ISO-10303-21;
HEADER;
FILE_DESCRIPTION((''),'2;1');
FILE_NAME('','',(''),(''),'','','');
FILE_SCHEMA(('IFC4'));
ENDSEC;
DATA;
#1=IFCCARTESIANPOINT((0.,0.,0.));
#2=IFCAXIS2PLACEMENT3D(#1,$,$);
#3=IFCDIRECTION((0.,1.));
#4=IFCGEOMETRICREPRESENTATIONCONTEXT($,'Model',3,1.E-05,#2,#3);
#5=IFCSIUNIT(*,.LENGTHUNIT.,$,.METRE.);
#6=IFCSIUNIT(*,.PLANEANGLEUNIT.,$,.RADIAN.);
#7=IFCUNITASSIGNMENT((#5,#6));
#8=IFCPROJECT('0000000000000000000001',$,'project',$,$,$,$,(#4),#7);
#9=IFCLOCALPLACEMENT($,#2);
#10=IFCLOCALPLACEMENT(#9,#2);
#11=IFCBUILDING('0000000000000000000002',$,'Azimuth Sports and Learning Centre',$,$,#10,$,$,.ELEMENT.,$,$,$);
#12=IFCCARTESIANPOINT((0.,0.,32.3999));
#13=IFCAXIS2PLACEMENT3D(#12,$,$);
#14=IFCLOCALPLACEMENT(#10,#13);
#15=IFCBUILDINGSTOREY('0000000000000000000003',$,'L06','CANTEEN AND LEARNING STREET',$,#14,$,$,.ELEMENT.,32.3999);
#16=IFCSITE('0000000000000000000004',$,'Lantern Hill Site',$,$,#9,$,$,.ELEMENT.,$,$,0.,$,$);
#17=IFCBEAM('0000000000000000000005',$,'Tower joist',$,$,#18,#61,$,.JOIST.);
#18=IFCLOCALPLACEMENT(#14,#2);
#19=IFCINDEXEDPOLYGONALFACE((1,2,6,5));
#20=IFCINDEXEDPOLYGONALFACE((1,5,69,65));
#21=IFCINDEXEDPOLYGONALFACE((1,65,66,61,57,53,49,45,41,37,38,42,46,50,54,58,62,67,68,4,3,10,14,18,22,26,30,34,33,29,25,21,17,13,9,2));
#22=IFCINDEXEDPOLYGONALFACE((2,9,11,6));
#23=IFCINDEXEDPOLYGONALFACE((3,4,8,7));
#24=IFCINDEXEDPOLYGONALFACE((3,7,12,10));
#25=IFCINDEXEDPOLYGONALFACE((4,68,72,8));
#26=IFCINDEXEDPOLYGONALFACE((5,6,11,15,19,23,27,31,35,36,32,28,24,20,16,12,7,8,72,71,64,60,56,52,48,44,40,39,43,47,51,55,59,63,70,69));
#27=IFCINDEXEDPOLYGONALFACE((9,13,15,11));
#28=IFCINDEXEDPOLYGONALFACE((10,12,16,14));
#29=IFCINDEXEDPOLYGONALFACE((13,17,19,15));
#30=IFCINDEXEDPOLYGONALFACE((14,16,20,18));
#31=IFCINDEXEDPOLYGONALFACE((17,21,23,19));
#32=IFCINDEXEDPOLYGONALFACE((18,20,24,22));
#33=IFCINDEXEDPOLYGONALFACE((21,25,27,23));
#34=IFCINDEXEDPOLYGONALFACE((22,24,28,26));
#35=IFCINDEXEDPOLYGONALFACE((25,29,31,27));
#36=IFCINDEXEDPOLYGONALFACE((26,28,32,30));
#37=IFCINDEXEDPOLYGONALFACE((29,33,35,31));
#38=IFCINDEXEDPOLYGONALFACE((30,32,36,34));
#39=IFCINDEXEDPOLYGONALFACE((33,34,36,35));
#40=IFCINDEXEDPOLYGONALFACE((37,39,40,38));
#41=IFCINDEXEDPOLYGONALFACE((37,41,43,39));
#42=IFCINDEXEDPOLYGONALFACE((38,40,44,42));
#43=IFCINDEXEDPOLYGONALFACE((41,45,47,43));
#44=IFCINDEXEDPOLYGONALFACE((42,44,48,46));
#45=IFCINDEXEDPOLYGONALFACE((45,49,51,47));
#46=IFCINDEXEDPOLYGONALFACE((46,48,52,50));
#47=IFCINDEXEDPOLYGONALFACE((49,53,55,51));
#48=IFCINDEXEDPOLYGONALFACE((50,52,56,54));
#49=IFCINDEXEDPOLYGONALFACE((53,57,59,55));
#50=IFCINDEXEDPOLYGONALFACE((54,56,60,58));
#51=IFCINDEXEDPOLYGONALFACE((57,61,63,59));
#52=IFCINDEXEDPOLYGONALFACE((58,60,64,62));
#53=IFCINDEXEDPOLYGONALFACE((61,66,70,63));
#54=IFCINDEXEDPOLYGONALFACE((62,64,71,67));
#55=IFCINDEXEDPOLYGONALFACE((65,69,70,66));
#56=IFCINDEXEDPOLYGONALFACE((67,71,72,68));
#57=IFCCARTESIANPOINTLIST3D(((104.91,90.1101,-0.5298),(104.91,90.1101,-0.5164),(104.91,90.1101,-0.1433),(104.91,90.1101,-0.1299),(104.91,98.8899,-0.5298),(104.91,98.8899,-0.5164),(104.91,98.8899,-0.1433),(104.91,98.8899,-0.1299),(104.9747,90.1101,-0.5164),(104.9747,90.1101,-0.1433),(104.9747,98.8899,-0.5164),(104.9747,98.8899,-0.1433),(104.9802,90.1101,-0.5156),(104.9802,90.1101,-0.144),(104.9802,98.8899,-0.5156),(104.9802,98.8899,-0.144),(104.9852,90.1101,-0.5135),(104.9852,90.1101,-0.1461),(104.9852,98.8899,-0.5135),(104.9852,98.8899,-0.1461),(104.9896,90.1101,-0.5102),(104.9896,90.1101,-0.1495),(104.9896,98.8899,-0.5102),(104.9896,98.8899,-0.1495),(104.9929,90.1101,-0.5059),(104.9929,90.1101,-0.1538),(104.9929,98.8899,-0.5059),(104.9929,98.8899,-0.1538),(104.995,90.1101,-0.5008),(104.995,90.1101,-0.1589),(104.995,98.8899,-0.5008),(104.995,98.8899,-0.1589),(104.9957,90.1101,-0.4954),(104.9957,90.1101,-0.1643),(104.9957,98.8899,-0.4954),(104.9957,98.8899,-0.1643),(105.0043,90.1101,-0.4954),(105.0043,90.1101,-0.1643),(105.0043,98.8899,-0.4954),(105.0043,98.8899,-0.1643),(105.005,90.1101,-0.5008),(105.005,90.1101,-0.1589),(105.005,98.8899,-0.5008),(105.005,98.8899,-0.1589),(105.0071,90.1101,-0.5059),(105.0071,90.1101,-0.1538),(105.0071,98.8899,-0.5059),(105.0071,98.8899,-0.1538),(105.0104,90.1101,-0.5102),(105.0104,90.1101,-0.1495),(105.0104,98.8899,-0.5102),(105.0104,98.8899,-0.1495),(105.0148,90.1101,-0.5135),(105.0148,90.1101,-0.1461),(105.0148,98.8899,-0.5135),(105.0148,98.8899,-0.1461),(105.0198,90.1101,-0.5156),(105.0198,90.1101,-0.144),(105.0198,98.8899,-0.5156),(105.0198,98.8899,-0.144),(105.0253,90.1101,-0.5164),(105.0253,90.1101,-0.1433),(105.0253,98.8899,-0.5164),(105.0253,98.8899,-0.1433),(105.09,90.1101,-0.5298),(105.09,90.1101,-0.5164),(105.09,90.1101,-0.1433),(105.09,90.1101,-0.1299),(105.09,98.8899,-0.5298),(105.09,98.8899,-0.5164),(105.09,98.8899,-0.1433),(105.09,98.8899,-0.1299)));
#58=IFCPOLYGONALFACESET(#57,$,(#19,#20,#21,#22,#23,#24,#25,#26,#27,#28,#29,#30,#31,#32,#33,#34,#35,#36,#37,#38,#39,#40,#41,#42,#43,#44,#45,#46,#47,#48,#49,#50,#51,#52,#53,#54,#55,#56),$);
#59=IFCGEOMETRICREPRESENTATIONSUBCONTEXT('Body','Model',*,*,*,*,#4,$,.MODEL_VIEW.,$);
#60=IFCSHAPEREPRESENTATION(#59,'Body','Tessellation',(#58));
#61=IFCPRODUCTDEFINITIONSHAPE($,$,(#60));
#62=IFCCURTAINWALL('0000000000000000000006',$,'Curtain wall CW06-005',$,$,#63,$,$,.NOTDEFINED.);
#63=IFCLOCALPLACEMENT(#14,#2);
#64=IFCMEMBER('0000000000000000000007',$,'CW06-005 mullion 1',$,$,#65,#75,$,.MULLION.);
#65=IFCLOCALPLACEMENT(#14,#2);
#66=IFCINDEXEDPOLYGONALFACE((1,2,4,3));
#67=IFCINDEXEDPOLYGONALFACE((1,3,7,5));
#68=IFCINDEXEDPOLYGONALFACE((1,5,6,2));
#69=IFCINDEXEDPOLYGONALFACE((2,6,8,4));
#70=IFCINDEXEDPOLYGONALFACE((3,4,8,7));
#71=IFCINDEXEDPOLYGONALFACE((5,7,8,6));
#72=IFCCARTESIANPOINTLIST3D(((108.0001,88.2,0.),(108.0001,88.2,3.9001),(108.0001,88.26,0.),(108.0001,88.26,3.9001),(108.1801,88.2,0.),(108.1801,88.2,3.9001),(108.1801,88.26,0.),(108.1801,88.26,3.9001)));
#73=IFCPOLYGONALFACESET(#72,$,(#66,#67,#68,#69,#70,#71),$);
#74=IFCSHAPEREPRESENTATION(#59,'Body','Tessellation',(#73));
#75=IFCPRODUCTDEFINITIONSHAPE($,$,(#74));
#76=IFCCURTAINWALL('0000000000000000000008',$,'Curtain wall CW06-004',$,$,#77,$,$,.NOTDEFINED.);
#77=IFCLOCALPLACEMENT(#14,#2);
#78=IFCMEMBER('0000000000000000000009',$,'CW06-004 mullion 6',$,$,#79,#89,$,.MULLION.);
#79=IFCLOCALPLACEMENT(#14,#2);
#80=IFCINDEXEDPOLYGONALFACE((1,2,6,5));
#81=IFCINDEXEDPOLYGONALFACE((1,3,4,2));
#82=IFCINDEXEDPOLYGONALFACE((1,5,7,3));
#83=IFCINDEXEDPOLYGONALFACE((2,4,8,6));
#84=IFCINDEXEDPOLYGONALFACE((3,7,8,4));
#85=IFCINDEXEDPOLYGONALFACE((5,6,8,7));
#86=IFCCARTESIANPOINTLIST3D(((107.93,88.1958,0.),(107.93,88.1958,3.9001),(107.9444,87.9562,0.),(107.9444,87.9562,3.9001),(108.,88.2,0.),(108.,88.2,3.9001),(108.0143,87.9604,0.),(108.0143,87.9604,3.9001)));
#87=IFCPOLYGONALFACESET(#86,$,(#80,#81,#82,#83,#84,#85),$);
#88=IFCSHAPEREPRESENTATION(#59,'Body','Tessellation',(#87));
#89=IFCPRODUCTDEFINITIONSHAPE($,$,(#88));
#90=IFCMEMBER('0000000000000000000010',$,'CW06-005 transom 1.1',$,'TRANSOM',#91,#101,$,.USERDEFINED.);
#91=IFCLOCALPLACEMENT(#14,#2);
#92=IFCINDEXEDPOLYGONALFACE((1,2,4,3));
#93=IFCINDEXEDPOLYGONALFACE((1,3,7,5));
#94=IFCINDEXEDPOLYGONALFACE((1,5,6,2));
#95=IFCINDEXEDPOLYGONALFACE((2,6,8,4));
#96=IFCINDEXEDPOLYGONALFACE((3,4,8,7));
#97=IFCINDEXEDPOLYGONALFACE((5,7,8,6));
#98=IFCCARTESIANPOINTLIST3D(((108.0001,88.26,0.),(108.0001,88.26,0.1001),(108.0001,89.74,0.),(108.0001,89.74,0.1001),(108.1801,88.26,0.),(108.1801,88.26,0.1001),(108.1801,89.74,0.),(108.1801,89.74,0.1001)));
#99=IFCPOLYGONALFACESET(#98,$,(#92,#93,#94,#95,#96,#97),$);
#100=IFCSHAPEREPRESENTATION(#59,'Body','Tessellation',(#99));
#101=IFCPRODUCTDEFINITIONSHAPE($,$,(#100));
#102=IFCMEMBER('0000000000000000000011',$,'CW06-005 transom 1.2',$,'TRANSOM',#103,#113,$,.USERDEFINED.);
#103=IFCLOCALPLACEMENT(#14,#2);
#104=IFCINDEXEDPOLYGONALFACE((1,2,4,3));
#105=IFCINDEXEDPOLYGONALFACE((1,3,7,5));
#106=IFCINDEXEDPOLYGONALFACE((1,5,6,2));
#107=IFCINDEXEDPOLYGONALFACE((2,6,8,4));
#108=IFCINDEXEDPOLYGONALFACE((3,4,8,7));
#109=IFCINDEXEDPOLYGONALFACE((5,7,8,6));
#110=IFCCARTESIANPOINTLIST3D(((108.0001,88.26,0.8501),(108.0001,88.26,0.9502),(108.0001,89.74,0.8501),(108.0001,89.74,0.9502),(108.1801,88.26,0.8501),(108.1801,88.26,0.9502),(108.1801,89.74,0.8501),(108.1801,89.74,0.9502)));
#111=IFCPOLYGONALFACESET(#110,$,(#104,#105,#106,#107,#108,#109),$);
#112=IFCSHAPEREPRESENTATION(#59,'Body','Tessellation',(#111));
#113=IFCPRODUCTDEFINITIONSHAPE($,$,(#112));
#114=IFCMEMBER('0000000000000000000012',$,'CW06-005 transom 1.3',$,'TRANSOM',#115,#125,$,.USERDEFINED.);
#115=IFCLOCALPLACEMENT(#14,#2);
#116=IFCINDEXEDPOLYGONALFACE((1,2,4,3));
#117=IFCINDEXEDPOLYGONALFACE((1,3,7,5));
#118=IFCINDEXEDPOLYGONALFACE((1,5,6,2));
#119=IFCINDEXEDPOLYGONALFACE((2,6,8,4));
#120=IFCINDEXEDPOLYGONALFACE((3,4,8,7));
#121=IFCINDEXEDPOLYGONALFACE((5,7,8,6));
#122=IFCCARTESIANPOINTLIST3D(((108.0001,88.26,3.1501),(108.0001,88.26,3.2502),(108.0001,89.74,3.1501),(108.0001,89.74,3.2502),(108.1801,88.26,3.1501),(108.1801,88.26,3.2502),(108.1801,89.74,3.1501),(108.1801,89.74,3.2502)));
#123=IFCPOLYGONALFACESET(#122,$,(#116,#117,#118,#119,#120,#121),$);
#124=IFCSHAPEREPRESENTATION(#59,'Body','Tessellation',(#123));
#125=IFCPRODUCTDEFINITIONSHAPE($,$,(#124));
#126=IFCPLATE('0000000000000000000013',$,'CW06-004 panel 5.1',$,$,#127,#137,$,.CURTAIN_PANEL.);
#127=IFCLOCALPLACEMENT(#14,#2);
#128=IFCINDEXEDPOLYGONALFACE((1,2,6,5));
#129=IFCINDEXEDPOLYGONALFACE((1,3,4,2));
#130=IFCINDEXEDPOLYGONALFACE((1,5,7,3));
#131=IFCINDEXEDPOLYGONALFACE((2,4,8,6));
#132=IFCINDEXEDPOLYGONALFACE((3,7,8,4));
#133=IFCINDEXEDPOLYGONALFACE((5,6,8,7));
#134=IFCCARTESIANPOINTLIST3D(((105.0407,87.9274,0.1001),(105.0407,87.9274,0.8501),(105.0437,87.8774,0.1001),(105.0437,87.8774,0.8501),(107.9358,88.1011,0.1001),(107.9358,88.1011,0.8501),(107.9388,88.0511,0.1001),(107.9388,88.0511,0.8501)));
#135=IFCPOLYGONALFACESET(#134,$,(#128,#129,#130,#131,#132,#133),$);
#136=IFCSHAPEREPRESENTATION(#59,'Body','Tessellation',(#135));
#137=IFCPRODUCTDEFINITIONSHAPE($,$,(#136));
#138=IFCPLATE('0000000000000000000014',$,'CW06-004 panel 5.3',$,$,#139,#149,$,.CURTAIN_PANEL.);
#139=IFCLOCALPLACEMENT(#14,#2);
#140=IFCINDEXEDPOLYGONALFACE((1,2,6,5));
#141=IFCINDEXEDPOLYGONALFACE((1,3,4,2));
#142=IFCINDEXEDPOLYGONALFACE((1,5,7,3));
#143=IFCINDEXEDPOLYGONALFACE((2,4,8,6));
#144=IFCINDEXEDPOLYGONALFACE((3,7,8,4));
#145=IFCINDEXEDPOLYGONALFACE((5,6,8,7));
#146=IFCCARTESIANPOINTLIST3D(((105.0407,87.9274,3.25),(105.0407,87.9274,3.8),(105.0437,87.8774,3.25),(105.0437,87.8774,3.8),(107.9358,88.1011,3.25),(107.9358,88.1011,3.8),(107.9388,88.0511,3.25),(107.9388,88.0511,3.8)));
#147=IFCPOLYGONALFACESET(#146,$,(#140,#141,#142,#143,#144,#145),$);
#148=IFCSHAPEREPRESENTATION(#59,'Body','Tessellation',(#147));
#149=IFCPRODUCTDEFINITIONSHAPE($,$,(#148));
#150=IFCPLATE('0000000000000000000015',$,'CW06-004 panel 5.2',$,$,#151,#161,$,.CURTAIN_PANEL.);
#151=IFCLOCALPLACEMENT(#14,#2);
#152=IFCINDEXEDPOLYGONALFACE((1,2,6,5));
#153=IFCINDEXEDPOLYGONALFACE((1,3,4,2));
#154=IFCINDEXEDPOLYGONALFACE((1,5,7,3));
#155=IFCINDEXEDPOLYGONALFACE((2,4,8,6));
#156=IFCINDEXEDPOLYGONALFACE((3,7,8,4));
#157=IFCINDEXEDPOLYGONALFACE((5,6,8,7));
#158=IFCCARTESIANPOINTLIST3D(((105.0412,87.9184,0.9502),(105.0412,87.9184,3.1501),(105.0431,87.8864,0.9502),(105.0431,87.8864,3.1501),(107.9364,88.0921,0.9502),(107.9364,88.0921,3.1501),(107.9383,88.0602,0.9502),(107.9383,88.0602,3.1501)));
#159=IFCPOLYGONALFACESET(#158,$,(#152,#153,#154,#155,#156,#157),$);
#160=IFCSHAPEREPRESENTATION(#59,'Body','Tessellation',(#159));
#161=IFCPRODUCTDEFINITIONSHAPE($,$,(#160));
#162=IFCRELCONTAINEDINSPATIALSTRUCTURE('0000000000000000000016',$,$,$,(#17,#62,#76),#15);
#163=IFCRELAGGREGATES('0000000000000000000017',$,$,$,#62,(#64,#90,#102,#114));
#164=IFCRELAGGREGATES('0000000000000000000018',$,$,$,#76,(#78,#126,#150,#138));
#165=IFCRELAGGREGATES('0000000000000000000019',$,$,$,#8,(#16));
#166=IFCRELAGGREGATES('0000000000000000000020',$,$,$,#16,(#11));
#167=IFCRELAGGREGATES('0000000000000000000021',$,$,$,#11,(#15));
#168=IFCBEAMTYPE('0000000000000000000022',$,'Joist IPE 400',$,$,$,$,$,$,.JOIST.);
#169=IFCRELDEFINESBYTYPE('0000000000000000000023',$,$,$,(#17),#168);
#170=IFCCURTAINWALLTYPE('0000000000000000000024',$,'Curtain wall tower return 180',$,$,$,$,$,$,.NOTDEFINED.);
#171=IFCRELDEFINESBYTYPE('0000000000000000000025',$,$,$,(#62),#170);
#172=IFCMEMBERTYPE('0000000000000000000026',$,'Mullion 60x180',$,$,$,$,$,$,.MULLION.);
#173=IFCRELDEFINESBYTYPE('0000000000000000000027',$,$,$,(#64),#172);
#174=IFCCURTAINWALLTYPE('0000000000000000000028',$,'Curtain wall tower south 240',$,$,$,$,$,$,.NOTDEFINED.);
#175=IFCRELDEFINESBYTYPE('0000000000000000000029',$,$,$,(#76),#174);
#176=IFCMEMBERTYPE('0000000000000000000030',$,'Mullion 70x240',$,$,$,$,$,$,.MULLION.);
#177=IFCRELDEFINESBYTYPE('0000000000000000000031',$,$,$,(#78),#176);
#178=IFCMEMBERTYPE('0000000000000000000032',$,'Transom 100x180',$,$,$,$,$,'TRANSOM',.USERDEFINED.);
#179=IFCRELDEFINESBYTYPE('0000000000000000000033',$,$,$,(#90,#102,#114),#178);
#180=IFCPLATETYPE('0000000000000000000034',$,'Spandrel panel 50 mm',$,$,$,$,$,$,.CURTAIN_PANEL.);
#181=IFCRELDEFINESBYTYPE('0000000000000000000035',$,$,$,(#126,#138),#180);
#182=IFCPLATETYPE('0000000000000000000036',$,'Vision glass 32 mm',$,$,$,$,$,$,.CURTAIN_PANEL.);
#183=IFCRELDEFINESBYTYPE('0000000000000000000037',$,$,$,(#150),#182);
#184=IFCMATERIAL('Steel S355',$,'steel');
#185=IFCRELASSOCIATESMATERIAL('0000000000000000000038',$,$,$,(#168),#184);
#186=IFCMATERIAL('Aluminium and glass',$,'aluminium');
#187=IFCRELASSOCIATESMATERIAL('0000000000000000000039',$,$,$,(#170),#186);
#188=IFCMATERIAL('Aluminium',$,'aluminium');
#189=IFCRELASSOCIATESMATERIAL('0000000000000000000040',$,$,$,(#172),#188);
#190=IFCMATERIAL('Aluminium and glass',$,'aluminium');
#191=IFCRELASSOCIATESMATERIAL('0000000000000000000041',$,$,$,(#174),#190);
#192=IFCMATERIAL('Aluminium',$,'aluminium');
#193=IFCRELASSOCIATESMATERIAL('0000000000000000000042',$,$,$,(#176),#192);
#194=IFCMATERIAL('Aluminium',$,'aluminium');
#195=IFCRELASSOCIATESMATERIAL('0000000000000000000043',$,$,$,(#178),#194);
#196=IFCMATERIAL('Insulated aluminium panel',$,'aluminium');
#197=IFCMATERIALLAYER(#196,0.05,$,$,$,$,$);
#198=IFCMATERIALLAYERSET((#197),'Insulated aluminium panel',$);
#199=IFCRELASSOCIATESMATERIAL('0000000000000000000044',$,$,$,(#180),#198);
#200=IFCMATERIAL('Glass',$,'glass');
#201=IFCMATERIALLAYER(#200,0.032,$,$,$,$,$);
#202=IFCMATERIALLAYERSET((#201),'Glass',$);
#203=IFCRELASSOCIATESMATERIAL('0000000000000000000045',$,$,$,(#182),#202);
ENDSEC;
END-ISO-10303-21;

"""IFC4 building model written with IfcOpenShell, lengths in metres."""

from ifc_helpers import new_model, si_unit, direction, frame, origin, origin_2d, place, context, subcontext, project, spatial, rectangle, i_section, extrude, material, layer, layer_set, material_profile, profile_set, type_object, element, aggregate, save


model = new_model("IFC4")

# Units and contexts
model_context = context("Model", 3, precision=1e-05, world=origin(), true_north=direction((0.0, 1.0)))
body_context = subcontext(model_context, "Body", "Model", "MODEL_VIEW")
ifc_project = project(units=[si_unit("LENGTHUNIT", "METRE"), si_unit("PLANEANGLEUNIT", "RADIAN")], contexts=[model_context])

# Site, building, storey
site_placement = place(None, origin())
site = spatial("IfcSite", under=ifc_project, at=site_placement, Name="Lantern Hill Site", CompositionType="ELEMENT", RefElevation=0.0)
building_placement = place(site_placement, origin())
building = spatial("IfcBuilding", under=site, at=building_placement, Name="Azimuth Sports and Learning Centre", CompositionType="ELEMENT")
storey_placement = place(building_placement, frame((0.0, 0.0, 32.3999)))
storey = spatial("IfcBuildingStorey", under=building, at=storey_placement, Name="L06", Description="CANTEEN AND LEARNING STREET", CompositionType="ELEMENT", Elevation=32.3999)

# Beam
ifc_material_1 = material(Name="Steel S355", Category="steel")
ifc_material_profile_1 = material_profile(ifc_material_1, i_section(OverallWidth=0.1799, OverallDepth=0.3999, WebThickness=0.0085, FlangeThickness=0.0134, FilletRadius=0.021, at=origin_2d()), Name="IPE 400")
ifc_profile_set_1 = profile_set([ifc_material_profile_1], Name="Steel S355")
beam_type_1 = type_object("IfcBeamType", Name="Joist IPE 400", PredefinedType="JOIST", material=ifc_profile_set_1)
for number, where, z_axis, x_axis, name in (
    (1, (105.0, 90.1101, -0.3298), (0.0, 1.0, 0.0), (-1.0, 0.0, 0.0), "Tower joist"),
):
    element("IfcBeam", number, at=place(storey_placement, frame(where, z_axis=z_axis, x_axis=x_axis)), inside=storey, type_object=beam_type_1, Name=name, PredefinedType="JOIST", context=body_context, shape_type="SweptSolid", body=[
        extrude(i_section(OverallWidth=0.1799, OverallDepth=0.3999, WebThickness=0.0085, FlangeThickness=0.0134, FilletRadius=0.021, at=origin_2d()), origin(), (0.0, 0.0, 1.0), 8.7798),
    ])

# Curtain walls, members
ifc_material_2 = material(Name="Aluminium and glass", Category="aluminium")
curtain_wall_type_1 = type_object("IfcCurtainWallType", Name="Curtain wall tower return 180", PredefinedType="NOTDEFINED", material=ifc_material_2)
curtain_wall_1_placement = place(storey_placement, origin())
curtain_wall_1 = element("IfcCurtainWall", 2, at=curtain_wall_1_placement, inside=storey, type_object=curtain_wall_type_1, Name="Curtain wall CW06-005", PredefinedType="NOTDEFINED")
ifc_material_3 = material(Name="Aluminium", Category="aluminium")
ifc_material_profile_2 = material_profile(ifc_material_3, rectangle(XDim=0.1799, YDim=0.0601, at=origin_2d()), Name="Mullion 60x180")
ifc_profile_set_2 = profile_set([ifc_material_profile_2], Name="Aluminium")
member_type_1 = type_object("IfcMemberType", Name="Mullion 60x180", PredefinedType="MULLION", material=ifc_profile_set_2)
member_1_placement = place(storey_placement, frame((108.0901, 88.23, 0.0), z_axis=(0.0, 0.0, 1.0), x_axis=(-1.0, 0.0, 0.0)))
member_1 = element("IfcMember", 3, at=member_1_placement, type_object=member_type_1, Name="CW06-005 mullion 1", PredefinedType="MULLION", context=body_context, shape_type="SweptSolid", body=[
    extrude(rectangle(XDim=0.1799, YDim=0.0601, at=origin_2d()), origin(), (0.0, 0.0, 1.0), 3.9001),
])
ifc_material_4 = material(Name="Aluminium and glass", Category="aluminium")
curtain_wall_type_2 = type_object("IfcCurtainWallType", Name="Curtain wall tower south 240", PredefinedType="NOTDEFINED", material=ifc_material_4)
curtain_wall_2_placement = place(storey_placement, origin())
curtain_wall_2 = element("IfcCurtainWall", 4, at=curtain_wall_2_placement, inside=storey, type_object=curtain_wall_type_2, Name="Curtain wall CW06-004", PredefinedType="NOTDEFINED")
ifc_material_5 = material(Name="Aluminium", Category="aluminium")
ifc_material_profile_3 = material_profile(ifc_material_5, rectangle(XDim=0.24, YDim=0.0701, at=origin_2d()), Name="Mullion 70x240")
ifc_profile_set_3 = profile_set([ifc_material_profile_3], Name="Aluminium")
member_type_2 = type_object("IfcMemberType", Name="Mullion 70x240", PredefinedType="MULLION", material=ifc_profile_set_3)
member_2_placement = place(storey_placement, frame((107.9722, 88.0781, 0.0), z_axis=(0.0, 0.0, 1.0), x_axis=(-0.059892, 0.998205, 0.0)))
member_2 = element("IfcMember", 5, at=member_2_placement, type_object=member_type_2, Name="CW06-004 mullion 6", PredefinedType="MULLION", context=body_context, shape_type="SweptSolid", body=[
    extrude(rectangle(XDim=0.24, YDim=0.0701, at=origin_2d()), origin(), (0.0, 0.0, 1.0), 3.9001),
])

# Members
ifc_material_6 = material(Name="Aluminium", Category="aluminium")
ifc_material_profile_4 = material_profile(ifc_material_6, rectangle(XDim=0.1799, YDim=0.1001, at=origin_2d()), Name="Transom 100x180")
ifc_profile_set_4 = profile_set([ifc_material_profile_4], Name="Aluminium")
member_type_3 = type_object("IfcMemberType", Name="Transom 100x180", ElementType="TRANSOM", PredefinedType="USERDEFINED", material=ifc_profile_set_4)
member_3_placement = place(storey_placement, frame((108.0901, 88.26, 0.05), z_axis=(0.0, 1.0, 0.0), x_axis=(-1.0, 0.0, 0.0)))
member_3 = element("IfcMember", 6, at=member_3_placement, type_object=member_type_3, Name="CW06-005 transom 1.1", ObjectType="TRANSOM", PredefinedType="USERDEFINED", context=body_context, shape_type="SweptSolid", body=[
    extrude(rectangle(XDim=0.1799, YDim=0.1001, at=origin_2d()), origin(), (0.0, 0.0, 1.0), 1.48),
])
member_4_placement = place(storey_placement, frame((108.0901, 88.26, 0.9001), z_axis=(0.0, 1.0, 0.0), x_axis=(-1.0, 0.0, 0.0)))
member_4 = element("IfcMember", 7, at=member_4_placement, type_object=member_type_3, Name="CW06-005 transom 1.2", ObjectType="TRANSOM", PredefinedType="USERDEFINED", context=body_context, shape_type="SweptSolid", body=[
    extrude(rectangle(XDim=0.1799, YDim=0.1001, at=origin_2d()), origin(), (0.0, 0.0, 1.0), 1.48),
])
member_5_placement = place(storey_placement, frame((108.0901, 88.26, 3.2002), z_axis=(0.0, 1.0, 0.0), x_axis=(-1.0, 0.0, 0.0)))
member_5 = element("IfcMember", 8, at=member_5_placement, type_object=member_type_3, Name="CW06-005 transom 1.3", ObjectType="TRANSOM", PredefinedType="USERDEFINED", context=body_context, shape_type="SweptSolid", body=[
    extrude(rectangle(XDim=0.1799, YDim=0.1001, at=origin_2d()), origin(), (0.0, 0.0, 1.0), 1.48),
])
aggregate(curtain_wall_1, [member_1, member_3, member_4, member_5])

# Plates
ifc_material_7 = material(Name="Insulated aluminium panel", Category="aluminium")
ifc_layer_1 = layer(ifc_material_7, 0.05)
ifc_layer_set_1 = layer_set([ifc_layer_1], Name="Insulated aluminium panel")
plate_type_1 = type_object("IfcPlateType", Name="Spandrel panel 50 mm", PredefinedType="CURTAIN_PANEL", material=ifc_layer_set_1)
plate_1_placement = place(storey_placement, frame((106.4897, 87.9893, 0.1001), z_axis=(0.0, 0.0, 1.0), x_axis=(0.998205, 0.059892, 0.0)))
plate_1 = element("IfcPlate", 9, at=plate_1_placement, type_object=plate_type_1, Name="CW06-004 panel 5.1", PredefinedType="CURTAIN_PANEL", context=body_context, shape_type="SweptSolid", body=[
    extrude(rectangle(XDim=2.9004, YDim=0.05, at=origin_2d()), origin(), (0.0, 0.0, 1.0), 0.75),
])
plate_2_placement = place(storey_placement, frame((106.4897, 87.9893, 3.25), z_axis=(0.0, 0.0, 1.0), x_axis=(0.998205, 0.059892, 0.0)))
plate_2 = element("IfcPlate", 10, at=plate_2_placement, type_object=plate_type_1, Name="CW06-004 panel 5.3", PredefinedType="CURTAIN_PANEL", context=body_context, shape_type="SweptSolid", body=[
    extrude(rectangle(XDim=2.9004, YDim=0.05, at=origin_2d()), origin(), (0.0, 0.0, 1.0), 0.55),
])
ifc_material_8 = material(Name="Glass", Category="glass")
ifc_layer_2 = layer(ifc_material_8, 0.032)
ifc_layer_set_2 = layer_set([ifc_layer_2], Name="Glass")
plate_type_2 = type_object("IfcPlateType", Name="Vision glass 32 mm", PredefinedType="CURTAIN_PANEL", material=ifc_layer_set_2)
plate_3_placement = place(storey_placement, frame((106.4897, 87.9893, 0.9502), z_axis=(0.0, 0.0, 1.0), x_axis=(0.998205, 0.059892, 0.0)))
plate_3 = element("IfcPlate", 11, at=plate_3_placement, type_object=plate_type_2, Name="CW06-004 panel 5.2", PredefinedType="CURTAIN_PANEL", context=body_context, shape_type="SweptSolid", body=[
    extrude(rectangle(XDim=2.9004, YDim=0.032, at=origin_2d()), origin(), (0.0, 0.0, 1.0), 2.2),
])
aggregate(curtain_wall_2, [member_2, plate_1, plate_3, plate_2])

save(model, "model.ifc")
